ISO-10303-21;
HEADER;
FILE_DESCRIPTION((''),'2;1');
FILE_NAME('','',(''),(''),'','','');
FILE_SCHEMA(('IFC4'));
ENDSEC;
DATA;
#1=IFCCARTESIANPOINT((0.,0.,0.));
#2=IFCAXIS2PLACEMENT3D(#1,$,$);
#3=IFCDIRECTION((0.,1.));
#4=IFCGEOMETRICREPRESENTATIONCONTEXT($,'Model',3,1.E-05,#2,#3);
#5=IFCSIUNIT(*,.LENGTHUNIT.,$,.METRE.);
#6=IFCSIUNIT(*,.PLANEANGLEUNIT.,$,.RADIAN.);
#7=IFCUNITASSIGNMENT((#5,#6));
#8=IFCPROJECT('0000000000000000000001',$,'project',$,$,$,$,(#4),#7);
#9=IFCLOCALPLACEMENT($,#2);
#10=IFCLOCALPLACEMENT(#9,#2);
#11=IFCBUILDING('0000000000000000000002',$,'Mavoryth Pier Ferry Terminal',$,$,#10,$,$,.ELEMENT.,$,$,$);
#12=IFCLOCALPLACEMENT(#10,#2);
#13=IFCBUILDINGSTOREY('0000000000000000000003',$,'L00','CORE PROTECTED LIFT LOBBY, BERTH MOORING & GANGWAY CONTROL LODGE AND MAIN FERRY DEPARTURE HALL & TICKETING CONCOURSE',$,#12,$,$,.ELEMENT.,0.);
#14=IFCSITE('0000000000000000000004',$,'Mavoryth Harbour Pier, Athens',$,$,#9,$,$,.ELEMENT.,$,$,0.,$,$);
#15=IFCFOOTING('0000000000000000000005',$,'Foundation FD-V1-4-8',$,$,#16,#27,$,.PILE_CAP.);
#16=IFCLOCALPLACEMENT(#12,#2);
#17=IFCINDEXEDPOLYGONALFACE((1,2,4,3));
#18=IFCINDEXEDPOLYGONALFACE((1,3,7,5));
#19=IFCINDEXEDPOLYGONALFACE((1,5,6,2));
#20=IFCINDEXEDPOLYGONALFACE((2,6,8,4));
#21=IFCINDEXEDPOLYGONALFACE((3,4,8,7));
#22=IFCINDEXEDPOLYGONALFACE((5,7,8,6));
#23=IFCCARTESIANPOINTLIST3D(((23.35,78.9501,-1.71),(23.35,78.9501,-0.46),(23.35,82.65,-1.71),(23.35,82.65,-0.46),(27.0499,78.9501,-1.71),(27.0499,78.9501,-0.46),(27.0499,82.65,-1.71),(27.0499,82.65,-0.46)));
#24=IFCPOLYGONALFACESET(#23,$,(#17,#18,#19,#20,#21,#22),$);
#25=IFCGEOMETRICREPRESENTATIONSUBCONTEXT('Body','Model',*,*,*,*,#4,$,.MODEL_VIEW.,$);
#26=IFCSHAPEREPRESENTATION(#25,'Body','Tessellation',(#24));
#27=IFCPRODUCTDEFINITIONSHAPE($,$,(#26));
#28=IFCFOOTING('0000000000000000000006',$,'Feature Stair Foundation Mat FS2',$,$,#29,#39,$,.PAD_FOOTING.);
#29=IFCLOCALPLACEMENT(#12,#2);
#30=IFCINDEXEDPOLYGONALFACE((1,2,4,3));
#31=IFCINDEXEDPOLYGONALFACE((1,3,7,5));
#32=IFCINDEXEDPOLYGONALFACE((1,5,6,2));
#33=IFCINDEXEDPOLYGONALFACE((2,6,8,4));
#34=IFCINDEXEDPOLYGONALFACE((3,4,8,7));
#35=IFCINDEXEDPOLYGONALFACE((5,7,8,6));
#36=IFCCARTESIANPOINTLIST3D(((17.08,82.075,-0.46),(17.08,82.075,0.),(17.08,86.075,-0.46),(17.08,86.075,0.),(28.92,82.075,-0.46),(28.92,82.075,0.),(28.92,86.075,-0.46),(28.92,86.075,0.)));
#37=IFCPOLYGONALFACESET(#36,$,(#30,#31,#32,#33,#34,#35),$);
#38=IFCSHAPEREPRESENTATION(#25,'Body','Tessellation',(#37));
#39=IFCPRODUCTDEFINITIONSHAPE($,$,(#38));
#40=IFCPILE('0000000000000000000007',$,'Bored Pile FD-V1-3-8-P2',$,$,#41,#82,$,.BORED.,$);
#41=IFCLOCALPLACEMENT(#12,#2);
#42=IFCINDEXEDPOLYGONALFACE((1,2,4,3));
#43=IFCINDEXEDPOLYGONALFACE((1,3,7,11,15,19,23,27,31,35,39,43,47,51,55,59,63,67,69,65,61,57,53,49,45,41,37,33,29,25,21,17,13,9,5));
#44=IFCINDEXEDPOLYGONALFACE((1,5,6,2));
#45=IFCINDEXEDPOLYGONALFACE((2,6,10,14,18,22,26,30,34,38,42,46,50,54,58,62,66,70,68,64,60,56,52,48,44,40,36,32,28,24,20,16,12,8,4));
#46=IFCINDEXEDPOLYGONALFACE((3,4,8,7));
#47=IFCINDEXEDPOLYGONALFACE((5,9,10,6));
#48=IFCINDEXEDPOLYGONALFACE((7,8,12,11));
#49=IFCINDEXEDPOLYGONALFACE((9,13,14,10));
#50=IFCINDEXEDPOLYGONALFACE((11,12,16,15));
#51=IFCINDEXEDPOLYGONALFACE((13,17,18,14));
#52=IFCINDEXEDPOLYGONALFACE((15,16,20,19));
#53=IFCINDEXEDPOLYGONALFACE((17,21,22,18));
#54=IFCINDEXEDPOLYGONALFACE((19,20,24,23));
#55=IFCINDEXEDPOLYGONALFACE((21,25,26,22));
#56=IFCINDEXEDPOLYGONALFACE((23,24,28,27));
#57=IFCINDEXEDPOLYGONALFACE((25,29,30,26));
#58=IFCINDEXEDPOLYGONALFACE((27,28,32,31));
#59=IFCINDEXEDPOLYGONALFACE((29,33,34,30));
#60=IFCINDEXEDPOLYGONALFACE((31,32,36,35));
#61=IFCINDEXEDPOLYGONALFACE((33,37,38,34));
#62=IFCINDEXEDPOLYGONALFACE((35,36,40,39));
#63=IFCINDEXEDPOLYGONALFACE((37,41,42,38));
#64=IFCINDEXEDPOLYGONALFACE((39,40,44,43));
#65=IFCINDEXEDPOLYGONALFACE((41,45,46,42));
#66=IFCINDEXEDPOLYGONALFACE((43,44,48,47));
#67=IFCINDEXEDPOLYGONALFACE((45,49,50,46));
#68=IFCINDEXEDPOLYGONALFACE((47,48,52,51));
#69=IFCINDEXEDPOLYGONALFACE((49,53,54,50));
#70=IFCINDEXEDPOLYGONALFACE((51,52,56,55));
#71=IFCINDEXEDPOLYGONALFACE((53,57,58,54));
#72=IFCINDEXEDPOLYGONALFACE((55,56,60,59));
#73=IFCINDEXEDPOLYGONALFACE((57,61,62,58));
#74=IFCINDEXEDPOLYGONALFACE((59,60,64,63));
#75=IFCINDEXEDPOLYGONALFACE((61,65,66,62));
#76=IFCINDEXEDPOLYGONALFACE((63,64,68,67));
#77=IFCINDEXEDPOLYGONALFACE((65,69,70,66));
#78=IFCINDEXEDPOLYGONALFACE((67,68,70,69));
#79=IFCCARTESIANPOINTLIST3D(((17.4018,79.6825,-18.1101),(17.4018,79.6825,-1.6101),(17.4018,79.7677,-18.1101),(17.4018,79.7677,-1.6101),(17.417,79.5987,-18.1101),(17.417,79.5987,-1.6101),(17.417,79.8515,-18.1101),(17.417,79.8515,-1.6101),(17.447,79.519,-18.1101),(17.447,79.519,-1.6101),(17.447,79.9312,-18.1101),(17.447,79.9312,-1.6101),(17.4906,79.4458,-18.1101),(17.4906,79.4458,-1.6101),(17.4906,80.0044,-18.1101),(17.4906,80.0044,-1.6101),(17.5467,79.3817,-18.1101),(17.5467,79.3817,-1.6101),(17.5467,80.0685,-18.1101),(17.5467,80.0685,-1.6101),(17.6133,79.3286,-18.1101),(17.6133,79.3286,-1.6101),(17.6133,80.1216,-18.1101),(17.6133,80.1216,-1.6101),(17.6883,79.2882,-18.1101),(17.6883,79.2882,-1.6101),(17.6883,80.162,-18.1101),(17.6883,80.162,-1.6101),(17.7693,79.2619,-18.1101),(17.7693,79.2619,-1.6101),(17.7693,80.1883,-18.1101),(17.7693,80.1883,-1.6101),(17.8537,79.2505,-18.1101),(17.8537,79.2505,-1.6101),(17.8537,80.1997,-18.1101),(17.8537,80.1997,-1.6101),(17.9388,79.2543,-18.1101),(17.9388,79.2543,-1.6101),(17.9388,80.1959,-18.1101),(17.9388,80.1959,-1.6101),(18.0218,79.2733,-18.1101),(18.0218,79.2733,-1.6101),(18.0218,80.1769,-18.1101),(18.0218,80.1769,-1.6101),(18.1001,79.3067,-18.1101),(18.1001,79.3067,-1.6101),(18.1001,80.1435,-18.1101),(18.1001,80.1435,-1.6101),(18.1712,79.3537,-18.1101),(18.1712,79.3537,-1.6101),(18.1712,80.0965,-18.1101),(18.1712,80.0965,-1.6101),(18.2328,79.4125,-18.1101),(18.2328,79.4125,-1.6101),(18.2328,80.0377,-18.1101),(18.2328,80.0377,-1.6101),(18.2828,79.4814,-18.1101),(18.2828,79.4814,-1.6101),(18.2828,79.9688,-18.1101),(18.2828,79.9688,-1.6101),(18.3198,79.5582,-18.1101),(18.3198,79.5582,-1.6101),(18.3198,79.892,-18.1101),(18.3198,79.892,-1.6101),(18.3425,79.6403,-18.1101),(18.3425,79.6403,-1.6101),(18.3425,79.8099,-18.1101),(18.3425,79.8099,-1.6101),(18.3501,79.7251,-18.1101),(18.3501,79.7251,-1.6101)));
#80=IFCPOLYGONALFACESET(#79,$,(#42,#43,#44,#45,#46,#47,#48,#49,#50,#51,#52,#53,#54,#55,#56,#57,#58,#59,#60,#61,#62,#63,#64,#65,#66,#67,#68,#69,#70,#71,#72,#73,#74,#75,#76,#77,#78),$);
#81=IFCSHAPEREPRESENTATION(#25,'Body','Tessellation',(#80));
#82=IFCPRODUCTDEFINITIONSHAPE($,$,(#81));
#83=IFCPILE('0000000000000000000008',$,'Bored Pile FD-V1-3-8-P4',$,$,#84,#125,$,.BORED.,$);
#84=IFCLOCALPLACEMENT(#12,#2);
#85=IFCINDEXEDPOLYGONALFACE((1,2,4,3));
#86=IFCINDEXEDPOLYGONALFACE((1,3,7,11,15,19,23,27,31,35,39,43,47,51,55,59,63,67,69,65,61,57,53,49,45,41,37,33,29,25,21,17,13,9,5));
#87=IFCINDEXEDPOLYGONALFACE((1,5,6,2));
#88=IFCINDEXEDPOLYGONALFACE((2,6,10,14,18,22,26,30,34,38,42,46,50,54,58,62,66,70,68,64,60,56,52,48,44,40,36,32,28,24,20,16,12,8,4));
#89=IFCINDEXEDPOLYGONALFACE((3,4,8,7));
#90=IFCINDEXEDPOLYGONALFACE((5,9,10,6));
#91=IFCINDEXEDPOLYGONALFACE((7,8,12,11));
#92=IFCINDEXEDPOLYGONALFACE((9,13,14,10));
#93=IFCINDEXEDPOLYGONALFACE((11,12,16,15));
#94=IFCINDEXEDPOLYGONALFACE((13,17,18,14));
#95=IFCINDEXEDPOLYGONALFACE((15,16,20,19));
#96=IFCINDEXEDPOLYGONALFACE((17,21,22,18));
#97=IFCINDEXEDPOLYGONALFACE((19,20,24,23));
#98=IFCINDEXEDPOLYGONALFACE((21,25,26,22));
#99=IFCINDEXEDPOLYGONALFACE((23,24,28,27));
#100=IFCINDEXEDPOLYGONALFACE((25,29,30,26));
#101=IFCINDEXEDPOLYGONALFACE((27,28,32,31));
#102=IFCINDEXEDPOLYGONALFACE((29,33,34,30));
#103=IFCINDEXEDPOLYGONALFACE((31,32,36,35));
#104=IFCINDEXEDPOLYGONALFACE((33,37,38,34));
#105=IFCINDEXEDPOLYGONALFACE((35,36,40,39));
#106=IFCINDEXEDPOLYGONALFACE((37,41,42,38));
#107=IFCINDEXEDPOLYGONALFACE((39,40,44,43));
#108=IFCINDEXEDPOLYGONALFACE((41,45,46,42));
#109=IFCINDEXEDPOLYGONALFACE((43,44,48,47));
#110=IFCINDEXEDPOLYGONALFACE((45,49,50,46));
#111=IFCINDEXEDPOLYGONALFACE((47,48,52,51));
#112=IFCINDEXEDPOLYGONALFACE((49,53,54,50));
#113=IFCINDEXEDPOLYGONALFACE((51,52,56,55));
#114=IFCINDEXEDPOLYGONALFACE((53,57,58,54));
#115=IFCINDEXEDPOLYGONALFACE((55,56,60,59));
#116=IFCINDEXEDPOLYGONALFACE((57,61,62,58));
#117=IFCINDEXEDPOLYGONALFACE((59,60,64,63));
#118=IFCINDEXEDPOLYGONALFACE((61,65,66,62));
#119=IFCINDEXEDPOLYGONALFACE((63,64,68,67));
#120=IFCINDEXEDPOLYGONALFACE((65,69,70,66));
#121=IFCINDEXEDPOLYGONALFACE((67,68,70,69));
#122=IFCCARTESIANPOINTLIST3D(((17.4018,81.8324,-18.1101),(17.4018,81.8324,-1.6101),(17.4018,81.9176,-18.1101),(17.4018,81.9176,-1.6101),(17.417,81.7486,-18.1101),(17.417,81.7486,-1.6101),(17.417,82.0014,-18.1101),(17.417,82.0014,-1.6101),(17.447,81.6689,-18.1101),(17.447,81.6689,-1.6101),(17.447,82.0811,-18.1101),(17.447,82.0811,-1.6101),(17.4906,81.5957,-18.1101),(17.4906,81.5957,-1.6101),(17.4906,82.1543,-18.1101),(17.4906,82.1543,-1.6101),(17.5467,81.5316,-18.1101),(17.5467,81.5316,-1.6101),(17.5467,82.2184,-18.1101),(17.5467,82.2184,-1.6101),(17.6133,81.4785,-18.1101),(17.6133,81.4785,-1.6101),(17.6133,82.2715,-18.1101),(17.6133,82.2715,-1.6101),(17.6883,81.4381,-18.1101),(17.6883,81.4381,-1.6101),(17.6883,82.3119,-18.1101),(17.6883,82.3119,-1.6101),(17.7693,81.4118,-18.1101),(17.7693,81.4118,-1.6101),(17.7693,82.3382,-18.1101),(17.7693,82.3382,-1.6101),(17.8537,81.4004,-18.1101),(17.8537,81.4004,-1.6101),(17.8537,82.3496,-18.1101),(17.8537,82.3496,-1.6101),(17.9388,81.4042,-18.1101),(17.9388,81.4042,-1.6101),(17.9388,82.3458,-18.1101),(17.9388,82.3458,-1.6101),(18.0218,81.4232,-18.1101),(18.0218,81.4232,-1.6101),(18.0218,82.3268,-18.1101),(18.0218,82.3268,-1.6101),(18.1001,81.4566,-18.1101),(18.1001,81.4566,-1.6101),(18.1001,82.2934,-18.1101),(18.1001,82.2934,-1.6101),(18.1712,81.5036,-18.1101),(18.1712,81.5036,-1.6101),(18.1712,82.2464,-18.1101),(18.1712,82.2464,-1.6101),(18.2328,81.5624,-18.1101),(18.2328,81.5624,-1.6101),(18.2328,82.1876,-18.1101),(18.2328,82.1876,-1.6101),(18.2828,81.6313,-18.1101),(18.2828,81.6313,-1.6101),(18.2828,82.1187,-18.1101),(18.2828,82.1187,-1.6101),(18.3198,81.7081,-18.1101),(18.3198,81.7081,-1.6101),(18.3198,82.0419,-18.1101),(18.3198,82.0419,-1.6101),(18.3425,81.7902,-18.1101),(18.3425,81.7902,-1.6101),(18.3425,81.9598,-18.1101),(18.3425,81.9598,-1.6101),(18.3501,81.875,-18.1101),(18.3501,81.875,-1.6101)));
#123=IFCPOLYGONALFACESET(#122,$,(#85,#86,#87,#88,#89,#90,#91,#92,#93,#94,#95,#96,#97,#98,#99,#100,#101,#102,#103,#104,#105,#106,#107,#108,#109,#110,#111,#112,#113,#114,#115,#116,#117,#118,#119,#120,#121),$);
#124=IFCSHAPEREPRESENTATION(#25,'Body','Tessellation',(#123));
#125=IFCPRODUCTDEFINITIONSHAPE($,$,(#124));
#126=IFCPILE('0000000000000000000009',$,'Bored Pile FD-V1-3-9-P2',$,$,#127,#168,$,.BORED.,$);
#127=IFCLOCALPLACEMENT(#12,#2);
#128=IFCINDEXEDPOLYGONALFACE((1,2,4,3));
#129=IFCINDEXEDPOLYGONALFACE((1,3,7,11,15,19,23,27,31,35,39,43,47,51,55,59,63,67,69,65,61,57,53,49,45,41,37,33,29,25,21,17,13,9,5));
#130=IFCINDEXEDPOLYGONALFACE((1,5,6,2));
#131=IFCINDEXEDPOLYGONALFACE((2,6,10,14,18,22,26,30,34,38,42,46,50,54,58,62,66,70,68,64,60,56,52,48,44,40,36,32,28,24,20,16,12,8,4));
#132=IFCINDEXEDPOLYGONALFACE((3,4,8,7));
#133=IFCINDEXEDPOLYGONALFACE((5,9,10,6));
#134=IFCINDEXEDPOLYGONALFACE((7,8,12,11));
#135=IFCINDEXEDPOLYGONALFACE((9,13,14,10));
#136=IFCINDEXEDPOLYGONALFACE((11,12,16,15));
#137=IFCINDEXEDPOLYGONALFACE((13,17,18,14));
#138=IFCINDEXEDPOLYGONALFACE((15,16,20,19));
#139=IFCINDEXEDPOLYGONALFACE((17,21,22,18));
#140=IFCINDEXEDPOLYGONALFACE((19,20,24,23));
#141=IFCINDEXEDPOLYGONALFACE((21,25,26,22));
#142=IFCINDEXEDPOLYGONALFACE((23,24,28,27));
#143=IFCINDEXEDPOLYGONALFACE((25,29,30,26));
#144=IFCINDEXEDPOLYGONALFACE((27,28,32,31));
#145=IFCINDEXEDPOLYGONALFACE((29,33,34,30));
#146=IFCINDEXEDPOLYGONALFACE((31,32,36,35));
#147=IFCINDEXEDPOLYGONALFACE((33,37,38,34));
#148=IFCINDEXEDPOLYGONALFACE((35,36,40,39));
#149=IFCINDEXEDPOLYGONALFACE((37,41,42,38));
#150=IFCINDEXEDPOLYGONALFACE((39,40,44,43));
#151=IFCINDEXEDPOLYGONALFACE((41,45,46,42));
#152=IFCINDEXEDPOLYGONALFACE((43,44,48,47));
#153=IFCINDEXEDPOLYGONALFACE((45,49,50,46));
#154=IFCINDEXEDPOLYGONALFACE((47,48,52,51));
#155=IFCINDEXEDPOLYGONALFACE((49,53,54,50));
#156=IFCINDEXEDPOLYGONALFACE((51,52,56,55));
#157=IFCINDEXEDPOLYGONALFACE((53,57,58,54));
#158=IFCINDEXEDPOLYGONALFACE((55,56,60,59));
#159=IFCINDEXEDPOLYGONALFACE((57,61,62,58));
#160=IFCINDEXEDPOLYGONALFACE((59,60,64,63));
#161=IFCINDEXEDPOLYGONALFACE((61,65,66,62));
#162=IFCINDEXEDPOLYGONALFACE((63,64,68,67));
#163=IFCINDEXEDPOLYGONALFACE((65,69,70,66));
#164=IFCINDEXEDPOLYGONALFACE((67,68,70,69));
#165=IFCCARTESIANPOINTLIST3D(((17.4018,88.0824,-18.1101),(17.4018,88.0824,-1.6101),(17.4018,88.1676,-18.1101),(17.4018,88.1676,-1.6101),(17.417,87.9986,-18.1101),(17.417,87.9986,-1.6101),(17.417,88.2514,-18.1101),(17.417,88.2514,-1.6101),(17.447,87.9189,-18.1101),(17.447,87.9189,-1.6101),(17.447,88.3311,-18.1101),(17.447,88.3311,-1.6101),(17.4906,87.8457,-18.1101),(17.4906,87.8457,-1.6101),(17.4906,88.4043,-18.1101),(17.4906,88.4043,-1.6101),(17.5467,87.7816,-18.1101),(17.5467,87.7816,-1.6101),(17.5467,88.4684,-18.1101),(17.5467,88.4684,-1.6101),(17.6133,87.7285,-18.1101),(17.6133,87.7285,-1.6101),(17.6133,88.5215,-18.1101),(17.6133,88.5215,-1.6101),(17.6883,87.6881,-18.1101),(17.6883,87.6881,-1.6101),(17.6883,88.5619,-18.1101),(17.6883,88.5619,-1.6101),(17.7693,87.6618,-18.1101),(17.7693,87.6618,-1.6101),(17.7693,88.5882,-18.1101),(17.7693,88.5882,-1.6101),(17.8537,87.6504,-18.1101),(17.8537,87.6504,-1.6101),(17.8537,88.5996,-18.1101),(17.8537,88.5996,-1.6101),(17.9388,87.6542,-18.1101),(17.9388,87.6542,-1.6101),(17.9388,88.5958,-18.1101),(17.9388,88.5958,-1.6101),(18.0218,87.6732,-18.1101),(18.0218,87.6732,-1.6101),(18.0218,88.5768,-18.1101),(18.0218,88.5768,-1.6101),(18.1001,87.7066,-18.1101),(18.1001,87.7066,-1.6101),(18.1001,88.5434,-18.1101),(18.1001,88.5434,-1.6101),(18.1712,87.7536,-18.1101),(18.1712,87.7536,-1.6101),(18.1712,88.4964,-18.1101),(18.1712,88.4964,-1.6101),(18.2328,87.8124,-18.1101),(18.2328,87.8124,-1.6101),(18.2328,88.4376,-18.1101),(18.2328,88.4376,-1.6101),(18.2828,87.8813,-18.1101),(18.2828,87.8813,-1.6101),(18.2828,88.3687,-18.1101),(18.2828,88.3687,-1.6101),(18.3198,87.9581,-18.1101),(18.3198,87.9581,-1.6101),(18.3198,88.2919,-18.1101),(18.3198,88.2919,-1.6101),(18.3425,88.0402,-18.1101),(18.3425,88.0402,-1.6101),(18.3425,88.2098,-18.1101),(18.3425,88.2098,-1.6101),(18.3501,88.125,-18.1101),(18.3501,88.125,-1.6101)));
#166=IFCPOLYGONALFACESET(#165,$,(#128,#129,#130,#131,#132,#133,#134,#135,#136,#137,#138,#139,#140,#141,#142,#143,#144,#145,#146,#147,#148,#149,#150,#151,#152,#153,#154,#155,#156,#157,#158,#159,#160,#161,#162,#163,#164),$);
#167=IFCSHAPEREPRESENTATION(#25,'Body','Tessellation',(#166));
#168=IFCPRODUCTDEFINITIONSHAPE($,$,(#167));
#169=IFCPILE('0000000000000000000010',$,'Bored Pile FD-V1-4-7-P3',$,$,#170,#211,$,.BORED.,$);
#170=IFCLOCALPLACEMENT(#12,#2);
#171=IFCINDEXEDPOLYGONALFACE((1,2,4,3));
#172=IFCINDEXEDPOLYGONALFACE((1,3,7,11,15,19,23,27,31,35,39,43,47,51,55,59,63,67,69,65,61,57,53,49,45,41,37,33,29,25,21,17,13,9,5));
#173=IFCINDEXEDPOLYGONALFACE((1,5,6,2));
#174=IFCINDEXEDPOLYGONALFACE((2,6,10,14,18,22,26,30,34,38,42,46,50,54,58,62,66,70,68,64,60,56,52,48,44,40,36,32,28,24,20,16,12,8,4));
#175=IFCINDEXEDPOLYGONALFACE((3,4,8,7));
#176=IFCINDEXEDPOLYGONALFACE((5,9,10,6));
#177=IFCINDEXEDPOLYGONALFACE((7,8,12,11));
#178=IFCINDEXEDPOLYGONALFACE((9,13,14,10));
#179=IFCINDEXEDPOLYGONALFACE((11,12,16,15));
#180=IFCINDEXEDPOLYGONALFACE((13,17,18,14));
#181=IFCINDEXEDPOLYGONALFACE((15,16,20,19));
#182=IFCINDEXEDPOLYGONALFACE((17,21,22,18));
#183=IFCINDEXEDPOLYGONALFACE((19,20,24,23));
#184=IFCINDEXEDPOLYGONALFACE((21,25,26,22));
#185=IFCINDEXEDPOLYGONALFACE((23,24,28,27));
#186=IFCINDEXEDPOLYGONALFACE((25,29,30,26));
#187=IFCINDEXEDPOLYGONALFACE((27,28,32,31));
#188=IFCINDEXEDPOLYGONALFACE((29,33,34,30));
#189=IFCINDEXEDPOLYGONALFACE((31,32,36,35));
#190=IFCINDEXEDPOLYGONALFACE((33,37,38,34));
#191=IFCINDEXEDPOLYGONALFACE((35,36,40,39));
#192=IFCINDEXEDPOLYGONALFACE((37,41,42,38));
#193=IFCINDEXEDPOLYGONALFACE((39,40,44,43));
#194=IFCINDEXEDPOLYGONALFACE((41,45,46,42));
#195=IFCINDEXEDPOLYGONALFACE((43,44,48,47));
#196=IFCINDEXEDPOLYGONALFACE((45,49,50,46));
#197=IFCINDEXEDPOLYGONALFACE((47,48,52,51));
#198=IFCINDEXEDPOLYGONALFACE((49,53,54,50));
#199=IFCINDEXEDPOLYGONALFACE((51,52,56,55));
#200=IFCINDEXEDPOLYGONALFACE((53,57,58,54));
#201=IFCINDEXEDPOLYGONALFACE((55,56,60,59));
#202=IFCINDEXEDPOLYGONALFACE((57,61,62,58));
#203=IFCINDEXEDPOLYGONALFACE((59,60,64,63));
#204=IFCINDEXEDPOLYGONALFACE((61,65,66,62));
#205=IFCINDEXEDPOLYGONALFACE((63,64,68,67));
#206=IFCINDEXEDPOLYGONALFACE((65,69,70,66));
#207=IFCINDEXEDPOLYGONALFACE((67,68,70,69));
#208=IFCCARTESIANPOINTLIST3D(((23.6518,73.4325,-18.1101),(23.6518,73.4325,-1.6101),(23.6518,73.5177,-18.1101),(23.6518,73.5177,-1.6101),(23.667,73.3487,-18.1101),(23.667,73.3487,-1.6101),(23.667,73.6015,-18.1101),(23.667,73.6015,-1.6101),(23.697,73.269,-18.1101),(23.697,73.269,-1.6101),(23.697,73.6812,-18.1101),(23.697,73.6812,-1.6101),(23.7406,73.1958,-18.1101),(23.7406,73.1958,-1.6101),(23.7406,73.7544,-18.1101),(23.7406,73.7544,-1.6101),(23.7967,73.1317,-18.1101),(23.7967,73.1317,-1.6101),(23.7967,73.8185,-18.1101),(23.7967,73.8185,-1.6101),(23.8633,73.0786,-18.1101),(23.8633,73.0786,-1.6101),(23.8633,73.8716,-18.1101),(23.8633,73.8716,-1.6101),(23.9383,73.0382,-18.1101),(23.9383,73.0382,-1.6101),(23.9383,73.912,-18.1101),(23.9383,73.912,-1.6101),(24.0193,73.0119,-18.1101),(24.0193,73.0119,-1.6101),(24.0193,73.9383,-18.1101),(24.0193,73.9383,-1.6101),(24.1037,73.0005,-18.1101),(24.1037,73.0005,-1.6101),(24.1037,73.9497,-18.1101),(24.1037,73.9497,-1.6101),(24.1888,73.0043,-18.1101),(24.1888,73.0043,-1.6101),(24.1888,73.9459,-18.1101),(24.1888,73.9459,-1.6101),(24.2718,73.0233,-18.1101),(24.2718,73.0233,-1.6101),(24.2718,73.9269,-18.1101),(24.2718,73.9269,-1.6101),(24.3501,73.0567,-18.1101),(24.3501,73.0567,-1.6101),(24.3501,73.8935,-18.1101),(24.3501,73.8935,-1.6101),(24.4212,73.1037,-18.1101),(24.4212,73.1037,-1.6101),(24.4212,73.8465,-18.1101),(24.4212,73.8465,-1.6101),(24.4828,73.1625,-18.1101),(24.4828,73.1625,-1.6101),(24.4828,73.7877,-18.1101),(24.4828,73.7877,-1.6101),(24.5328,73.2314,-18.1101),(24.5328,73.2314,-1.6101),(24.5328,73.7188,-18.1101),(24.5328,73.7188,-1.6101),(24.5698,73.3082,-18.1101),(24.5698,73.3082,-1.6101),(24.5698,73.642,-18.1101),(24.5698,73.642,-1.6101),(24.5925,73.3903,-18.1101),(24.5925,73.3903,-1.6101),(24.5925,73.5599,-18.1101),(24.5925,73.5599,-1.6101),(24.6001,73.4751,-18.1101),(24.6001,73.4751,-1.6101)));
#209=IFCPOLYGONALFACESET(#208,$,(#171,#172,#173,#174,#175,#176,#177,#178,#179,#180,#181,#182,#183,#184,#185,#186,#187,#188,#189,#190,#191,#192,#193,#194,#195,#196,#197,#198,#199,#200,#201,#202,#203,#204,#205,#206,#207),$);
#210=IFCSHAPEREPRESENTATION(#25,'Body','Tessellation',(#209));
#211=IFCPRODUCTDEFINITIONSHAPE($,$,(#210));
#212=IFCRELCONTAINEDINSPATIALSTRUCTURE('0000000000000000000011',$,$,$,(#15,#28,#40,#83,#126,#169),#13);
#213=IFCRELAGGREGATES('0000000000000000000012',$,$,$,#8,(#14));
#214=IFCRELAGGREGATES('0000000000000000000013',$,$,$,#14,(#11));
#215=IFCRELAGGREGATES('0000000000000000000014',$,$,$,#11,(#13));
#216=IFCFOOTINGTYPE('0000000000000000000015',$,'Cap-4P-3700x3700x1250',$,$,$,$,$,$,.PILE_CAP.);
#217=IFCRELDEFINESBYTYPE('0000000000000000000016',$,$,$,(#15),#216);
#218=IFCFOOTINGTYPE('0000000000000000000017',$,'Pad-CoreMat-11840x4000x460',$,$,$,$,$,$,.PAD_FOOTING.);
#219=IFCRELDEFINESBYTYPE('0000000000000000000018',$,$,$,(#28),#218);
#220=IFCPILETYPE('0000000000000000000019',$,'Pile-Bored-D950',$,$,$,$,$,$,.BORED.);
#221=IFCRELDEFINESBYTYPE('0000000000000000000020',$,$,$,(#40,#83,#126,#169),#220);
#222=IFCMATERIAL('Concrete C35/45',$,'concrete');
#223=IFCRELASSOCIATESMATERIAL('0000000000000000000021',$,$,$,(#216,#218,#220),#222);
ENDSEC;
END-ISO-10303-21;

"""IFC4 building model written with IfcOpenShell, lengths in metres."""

from ifc_helpers import new_model, si_unit, direction, frame, origin, origin_2d, place, context, subcontext, project, spatial, rectangle, circle, extrude, material, material_profile, profile_set, type_object, element, save


model = new_model("IFC4")

# Units and contexts
model_context = context("Model", 3, precision=1e-05, world=origin(), true_north=direction((0.0, 1.0)))
body_context = subcontext(model_context, "Body", "Model", "MODEL_VIEW")
ifc_project = project(units=[si_unit("LENGTHUNIT", "METRE"), si_unit("PLANEANGLEUNIT", "RADIAN")], contexts=[model_context])

# Site, building, storey
site_placement = place(None, origin())
site = spatial("IfcSite", under=ifc_project, at=site_placement, Name="Mavoryth Harbour Pier, Athens", CompositionType="ELEMENT", RefElevation=0.0)
building_placement = place(site_placement, origin())
building = spatial("IfcBuilding", under=site, at=building_placement, Name="Mavoryth Pier Ferry Terminal", CompositionType="ELEMENT")
storey_placement = place(building_placement, origin())
storey = spatial("IfcBuildingStorey", under=building, at=storey_placement, Name="L00", Description="CORE PROTECTED LIFT LOBBY, BERTH MOORING & GANGWAY CONTROL LODGE AND MAIN FERRY DEPARTURE HALL & TICKETING CONCOURSE", CompositionType="ELEMENT", Elevation=0.0)

# Footings
ifc_material_1 = material(Name="Concrete C35/45", Category="concrete")
footing_type_1 = type_object("IfcFootingType", Name="Cap-4P-3700x3700x1250", PredefinedType="PILE_CAP", material=ifc_material_1)
footing_1_placement = place(storey_placement, frame((25.2, 80.8, -1.71), z_axis=(0.0, 0.0, 1.0), x_axis=(1.0, 0.0, 0.0)))
element("IfcFooting", 1, at=footing_1_placement, inside=storey, type_object=footing_type_1, Name="Foundation FD-V1-4-8", PredefinedType="PILE_CAP", context=body_context, shape_type="SweptSolid", body=[
    extrude(rectangle(XDim=3.7, YDim=3.7, at=origin_2d()), origin(), (0.0, 0.0, 1.0), 1.25),
])
footing_type_2 = type_object("IfcFootingType", Name="Pad-CoreMat-11840x4000x460", PredefinedType="PAD_FOOTING", material=ifc_material_1)
footing_2_placement = place(storey_placement, frame((23.0, 84.075, -0.46), z_axis=(0.0, 0.0, 1.0), x_axis=(1.0, 0.0, 0.0)))
element("IfcFooting", 2, at=footing_2_placement, inside=storey, type_object=footing_type_2, Name="Feature Stair Foundation Mat FS2", PredefinedType="PAD_FOOTING", context=body_context, shape_type="SweptSolid", body=[
    extrude(rectangle(XDim=11.8401, YDim=4.0, at=origin_2d()), origin(), (0.0, 0.0, 1.0), 0.46),
])

# Piles
ifc_material_profile_1 = material_profile(ifc_material_1, circle(Radius=0.4751, at=origin_2d()), Name="PILE D950", Category="concrete")
ifc_profile_set_1 = profile_set([ifc_material_profile_1], Name="Concrete C35/45 - PILE D950")
pile_type = type_object("IfcPileType", Name="Pile-Bored-D950", PredefinedType="BORED", material=ifc_profile_set_1)
for number, where, z_axis, x_axis, name in (
    (3, (17.875, 79.7251, -1.6101), (0.0, 0.0, -1.0), (1.0, 0.0, 0.0), "Bored Pile FD-V1-3-8-P2"),
    (4, (17.875, 81.875, -1.6101), (0.0, 0.0, -1.0), (1.0, 0.0, 0.0), "Bored Pile FD-V1-3-8-P4"),
    (5, (17.875, 88.125, -1.6101), (0.0, 0.0, -1.0), (1.0, 0.0, 0.0), "Bored Pile FD-V1-3-9-P2"),
    (6, (24.125, 73.4751, -1.6101), (0.0, 0.0, -1.0), (1.0, 0.0, 0.0), "Bored Pile FD-V1-4-7-P3"),
):
    element("IfcPile", number, at=place(storey_placement, frame(where, z_axis=z_axis, x_axis=x_axis)), inside=storey, type_object=pile_type, Name=name, PredefinedType="BORED", context=body_context, shape_type="SweptSolid", body=[
        extrude(circle(Radius=0.4751, at=origin_2d()), origin(), (0.0, 0.0, 1.0), 16.5),
    ])

save(model, "model.ifc")
